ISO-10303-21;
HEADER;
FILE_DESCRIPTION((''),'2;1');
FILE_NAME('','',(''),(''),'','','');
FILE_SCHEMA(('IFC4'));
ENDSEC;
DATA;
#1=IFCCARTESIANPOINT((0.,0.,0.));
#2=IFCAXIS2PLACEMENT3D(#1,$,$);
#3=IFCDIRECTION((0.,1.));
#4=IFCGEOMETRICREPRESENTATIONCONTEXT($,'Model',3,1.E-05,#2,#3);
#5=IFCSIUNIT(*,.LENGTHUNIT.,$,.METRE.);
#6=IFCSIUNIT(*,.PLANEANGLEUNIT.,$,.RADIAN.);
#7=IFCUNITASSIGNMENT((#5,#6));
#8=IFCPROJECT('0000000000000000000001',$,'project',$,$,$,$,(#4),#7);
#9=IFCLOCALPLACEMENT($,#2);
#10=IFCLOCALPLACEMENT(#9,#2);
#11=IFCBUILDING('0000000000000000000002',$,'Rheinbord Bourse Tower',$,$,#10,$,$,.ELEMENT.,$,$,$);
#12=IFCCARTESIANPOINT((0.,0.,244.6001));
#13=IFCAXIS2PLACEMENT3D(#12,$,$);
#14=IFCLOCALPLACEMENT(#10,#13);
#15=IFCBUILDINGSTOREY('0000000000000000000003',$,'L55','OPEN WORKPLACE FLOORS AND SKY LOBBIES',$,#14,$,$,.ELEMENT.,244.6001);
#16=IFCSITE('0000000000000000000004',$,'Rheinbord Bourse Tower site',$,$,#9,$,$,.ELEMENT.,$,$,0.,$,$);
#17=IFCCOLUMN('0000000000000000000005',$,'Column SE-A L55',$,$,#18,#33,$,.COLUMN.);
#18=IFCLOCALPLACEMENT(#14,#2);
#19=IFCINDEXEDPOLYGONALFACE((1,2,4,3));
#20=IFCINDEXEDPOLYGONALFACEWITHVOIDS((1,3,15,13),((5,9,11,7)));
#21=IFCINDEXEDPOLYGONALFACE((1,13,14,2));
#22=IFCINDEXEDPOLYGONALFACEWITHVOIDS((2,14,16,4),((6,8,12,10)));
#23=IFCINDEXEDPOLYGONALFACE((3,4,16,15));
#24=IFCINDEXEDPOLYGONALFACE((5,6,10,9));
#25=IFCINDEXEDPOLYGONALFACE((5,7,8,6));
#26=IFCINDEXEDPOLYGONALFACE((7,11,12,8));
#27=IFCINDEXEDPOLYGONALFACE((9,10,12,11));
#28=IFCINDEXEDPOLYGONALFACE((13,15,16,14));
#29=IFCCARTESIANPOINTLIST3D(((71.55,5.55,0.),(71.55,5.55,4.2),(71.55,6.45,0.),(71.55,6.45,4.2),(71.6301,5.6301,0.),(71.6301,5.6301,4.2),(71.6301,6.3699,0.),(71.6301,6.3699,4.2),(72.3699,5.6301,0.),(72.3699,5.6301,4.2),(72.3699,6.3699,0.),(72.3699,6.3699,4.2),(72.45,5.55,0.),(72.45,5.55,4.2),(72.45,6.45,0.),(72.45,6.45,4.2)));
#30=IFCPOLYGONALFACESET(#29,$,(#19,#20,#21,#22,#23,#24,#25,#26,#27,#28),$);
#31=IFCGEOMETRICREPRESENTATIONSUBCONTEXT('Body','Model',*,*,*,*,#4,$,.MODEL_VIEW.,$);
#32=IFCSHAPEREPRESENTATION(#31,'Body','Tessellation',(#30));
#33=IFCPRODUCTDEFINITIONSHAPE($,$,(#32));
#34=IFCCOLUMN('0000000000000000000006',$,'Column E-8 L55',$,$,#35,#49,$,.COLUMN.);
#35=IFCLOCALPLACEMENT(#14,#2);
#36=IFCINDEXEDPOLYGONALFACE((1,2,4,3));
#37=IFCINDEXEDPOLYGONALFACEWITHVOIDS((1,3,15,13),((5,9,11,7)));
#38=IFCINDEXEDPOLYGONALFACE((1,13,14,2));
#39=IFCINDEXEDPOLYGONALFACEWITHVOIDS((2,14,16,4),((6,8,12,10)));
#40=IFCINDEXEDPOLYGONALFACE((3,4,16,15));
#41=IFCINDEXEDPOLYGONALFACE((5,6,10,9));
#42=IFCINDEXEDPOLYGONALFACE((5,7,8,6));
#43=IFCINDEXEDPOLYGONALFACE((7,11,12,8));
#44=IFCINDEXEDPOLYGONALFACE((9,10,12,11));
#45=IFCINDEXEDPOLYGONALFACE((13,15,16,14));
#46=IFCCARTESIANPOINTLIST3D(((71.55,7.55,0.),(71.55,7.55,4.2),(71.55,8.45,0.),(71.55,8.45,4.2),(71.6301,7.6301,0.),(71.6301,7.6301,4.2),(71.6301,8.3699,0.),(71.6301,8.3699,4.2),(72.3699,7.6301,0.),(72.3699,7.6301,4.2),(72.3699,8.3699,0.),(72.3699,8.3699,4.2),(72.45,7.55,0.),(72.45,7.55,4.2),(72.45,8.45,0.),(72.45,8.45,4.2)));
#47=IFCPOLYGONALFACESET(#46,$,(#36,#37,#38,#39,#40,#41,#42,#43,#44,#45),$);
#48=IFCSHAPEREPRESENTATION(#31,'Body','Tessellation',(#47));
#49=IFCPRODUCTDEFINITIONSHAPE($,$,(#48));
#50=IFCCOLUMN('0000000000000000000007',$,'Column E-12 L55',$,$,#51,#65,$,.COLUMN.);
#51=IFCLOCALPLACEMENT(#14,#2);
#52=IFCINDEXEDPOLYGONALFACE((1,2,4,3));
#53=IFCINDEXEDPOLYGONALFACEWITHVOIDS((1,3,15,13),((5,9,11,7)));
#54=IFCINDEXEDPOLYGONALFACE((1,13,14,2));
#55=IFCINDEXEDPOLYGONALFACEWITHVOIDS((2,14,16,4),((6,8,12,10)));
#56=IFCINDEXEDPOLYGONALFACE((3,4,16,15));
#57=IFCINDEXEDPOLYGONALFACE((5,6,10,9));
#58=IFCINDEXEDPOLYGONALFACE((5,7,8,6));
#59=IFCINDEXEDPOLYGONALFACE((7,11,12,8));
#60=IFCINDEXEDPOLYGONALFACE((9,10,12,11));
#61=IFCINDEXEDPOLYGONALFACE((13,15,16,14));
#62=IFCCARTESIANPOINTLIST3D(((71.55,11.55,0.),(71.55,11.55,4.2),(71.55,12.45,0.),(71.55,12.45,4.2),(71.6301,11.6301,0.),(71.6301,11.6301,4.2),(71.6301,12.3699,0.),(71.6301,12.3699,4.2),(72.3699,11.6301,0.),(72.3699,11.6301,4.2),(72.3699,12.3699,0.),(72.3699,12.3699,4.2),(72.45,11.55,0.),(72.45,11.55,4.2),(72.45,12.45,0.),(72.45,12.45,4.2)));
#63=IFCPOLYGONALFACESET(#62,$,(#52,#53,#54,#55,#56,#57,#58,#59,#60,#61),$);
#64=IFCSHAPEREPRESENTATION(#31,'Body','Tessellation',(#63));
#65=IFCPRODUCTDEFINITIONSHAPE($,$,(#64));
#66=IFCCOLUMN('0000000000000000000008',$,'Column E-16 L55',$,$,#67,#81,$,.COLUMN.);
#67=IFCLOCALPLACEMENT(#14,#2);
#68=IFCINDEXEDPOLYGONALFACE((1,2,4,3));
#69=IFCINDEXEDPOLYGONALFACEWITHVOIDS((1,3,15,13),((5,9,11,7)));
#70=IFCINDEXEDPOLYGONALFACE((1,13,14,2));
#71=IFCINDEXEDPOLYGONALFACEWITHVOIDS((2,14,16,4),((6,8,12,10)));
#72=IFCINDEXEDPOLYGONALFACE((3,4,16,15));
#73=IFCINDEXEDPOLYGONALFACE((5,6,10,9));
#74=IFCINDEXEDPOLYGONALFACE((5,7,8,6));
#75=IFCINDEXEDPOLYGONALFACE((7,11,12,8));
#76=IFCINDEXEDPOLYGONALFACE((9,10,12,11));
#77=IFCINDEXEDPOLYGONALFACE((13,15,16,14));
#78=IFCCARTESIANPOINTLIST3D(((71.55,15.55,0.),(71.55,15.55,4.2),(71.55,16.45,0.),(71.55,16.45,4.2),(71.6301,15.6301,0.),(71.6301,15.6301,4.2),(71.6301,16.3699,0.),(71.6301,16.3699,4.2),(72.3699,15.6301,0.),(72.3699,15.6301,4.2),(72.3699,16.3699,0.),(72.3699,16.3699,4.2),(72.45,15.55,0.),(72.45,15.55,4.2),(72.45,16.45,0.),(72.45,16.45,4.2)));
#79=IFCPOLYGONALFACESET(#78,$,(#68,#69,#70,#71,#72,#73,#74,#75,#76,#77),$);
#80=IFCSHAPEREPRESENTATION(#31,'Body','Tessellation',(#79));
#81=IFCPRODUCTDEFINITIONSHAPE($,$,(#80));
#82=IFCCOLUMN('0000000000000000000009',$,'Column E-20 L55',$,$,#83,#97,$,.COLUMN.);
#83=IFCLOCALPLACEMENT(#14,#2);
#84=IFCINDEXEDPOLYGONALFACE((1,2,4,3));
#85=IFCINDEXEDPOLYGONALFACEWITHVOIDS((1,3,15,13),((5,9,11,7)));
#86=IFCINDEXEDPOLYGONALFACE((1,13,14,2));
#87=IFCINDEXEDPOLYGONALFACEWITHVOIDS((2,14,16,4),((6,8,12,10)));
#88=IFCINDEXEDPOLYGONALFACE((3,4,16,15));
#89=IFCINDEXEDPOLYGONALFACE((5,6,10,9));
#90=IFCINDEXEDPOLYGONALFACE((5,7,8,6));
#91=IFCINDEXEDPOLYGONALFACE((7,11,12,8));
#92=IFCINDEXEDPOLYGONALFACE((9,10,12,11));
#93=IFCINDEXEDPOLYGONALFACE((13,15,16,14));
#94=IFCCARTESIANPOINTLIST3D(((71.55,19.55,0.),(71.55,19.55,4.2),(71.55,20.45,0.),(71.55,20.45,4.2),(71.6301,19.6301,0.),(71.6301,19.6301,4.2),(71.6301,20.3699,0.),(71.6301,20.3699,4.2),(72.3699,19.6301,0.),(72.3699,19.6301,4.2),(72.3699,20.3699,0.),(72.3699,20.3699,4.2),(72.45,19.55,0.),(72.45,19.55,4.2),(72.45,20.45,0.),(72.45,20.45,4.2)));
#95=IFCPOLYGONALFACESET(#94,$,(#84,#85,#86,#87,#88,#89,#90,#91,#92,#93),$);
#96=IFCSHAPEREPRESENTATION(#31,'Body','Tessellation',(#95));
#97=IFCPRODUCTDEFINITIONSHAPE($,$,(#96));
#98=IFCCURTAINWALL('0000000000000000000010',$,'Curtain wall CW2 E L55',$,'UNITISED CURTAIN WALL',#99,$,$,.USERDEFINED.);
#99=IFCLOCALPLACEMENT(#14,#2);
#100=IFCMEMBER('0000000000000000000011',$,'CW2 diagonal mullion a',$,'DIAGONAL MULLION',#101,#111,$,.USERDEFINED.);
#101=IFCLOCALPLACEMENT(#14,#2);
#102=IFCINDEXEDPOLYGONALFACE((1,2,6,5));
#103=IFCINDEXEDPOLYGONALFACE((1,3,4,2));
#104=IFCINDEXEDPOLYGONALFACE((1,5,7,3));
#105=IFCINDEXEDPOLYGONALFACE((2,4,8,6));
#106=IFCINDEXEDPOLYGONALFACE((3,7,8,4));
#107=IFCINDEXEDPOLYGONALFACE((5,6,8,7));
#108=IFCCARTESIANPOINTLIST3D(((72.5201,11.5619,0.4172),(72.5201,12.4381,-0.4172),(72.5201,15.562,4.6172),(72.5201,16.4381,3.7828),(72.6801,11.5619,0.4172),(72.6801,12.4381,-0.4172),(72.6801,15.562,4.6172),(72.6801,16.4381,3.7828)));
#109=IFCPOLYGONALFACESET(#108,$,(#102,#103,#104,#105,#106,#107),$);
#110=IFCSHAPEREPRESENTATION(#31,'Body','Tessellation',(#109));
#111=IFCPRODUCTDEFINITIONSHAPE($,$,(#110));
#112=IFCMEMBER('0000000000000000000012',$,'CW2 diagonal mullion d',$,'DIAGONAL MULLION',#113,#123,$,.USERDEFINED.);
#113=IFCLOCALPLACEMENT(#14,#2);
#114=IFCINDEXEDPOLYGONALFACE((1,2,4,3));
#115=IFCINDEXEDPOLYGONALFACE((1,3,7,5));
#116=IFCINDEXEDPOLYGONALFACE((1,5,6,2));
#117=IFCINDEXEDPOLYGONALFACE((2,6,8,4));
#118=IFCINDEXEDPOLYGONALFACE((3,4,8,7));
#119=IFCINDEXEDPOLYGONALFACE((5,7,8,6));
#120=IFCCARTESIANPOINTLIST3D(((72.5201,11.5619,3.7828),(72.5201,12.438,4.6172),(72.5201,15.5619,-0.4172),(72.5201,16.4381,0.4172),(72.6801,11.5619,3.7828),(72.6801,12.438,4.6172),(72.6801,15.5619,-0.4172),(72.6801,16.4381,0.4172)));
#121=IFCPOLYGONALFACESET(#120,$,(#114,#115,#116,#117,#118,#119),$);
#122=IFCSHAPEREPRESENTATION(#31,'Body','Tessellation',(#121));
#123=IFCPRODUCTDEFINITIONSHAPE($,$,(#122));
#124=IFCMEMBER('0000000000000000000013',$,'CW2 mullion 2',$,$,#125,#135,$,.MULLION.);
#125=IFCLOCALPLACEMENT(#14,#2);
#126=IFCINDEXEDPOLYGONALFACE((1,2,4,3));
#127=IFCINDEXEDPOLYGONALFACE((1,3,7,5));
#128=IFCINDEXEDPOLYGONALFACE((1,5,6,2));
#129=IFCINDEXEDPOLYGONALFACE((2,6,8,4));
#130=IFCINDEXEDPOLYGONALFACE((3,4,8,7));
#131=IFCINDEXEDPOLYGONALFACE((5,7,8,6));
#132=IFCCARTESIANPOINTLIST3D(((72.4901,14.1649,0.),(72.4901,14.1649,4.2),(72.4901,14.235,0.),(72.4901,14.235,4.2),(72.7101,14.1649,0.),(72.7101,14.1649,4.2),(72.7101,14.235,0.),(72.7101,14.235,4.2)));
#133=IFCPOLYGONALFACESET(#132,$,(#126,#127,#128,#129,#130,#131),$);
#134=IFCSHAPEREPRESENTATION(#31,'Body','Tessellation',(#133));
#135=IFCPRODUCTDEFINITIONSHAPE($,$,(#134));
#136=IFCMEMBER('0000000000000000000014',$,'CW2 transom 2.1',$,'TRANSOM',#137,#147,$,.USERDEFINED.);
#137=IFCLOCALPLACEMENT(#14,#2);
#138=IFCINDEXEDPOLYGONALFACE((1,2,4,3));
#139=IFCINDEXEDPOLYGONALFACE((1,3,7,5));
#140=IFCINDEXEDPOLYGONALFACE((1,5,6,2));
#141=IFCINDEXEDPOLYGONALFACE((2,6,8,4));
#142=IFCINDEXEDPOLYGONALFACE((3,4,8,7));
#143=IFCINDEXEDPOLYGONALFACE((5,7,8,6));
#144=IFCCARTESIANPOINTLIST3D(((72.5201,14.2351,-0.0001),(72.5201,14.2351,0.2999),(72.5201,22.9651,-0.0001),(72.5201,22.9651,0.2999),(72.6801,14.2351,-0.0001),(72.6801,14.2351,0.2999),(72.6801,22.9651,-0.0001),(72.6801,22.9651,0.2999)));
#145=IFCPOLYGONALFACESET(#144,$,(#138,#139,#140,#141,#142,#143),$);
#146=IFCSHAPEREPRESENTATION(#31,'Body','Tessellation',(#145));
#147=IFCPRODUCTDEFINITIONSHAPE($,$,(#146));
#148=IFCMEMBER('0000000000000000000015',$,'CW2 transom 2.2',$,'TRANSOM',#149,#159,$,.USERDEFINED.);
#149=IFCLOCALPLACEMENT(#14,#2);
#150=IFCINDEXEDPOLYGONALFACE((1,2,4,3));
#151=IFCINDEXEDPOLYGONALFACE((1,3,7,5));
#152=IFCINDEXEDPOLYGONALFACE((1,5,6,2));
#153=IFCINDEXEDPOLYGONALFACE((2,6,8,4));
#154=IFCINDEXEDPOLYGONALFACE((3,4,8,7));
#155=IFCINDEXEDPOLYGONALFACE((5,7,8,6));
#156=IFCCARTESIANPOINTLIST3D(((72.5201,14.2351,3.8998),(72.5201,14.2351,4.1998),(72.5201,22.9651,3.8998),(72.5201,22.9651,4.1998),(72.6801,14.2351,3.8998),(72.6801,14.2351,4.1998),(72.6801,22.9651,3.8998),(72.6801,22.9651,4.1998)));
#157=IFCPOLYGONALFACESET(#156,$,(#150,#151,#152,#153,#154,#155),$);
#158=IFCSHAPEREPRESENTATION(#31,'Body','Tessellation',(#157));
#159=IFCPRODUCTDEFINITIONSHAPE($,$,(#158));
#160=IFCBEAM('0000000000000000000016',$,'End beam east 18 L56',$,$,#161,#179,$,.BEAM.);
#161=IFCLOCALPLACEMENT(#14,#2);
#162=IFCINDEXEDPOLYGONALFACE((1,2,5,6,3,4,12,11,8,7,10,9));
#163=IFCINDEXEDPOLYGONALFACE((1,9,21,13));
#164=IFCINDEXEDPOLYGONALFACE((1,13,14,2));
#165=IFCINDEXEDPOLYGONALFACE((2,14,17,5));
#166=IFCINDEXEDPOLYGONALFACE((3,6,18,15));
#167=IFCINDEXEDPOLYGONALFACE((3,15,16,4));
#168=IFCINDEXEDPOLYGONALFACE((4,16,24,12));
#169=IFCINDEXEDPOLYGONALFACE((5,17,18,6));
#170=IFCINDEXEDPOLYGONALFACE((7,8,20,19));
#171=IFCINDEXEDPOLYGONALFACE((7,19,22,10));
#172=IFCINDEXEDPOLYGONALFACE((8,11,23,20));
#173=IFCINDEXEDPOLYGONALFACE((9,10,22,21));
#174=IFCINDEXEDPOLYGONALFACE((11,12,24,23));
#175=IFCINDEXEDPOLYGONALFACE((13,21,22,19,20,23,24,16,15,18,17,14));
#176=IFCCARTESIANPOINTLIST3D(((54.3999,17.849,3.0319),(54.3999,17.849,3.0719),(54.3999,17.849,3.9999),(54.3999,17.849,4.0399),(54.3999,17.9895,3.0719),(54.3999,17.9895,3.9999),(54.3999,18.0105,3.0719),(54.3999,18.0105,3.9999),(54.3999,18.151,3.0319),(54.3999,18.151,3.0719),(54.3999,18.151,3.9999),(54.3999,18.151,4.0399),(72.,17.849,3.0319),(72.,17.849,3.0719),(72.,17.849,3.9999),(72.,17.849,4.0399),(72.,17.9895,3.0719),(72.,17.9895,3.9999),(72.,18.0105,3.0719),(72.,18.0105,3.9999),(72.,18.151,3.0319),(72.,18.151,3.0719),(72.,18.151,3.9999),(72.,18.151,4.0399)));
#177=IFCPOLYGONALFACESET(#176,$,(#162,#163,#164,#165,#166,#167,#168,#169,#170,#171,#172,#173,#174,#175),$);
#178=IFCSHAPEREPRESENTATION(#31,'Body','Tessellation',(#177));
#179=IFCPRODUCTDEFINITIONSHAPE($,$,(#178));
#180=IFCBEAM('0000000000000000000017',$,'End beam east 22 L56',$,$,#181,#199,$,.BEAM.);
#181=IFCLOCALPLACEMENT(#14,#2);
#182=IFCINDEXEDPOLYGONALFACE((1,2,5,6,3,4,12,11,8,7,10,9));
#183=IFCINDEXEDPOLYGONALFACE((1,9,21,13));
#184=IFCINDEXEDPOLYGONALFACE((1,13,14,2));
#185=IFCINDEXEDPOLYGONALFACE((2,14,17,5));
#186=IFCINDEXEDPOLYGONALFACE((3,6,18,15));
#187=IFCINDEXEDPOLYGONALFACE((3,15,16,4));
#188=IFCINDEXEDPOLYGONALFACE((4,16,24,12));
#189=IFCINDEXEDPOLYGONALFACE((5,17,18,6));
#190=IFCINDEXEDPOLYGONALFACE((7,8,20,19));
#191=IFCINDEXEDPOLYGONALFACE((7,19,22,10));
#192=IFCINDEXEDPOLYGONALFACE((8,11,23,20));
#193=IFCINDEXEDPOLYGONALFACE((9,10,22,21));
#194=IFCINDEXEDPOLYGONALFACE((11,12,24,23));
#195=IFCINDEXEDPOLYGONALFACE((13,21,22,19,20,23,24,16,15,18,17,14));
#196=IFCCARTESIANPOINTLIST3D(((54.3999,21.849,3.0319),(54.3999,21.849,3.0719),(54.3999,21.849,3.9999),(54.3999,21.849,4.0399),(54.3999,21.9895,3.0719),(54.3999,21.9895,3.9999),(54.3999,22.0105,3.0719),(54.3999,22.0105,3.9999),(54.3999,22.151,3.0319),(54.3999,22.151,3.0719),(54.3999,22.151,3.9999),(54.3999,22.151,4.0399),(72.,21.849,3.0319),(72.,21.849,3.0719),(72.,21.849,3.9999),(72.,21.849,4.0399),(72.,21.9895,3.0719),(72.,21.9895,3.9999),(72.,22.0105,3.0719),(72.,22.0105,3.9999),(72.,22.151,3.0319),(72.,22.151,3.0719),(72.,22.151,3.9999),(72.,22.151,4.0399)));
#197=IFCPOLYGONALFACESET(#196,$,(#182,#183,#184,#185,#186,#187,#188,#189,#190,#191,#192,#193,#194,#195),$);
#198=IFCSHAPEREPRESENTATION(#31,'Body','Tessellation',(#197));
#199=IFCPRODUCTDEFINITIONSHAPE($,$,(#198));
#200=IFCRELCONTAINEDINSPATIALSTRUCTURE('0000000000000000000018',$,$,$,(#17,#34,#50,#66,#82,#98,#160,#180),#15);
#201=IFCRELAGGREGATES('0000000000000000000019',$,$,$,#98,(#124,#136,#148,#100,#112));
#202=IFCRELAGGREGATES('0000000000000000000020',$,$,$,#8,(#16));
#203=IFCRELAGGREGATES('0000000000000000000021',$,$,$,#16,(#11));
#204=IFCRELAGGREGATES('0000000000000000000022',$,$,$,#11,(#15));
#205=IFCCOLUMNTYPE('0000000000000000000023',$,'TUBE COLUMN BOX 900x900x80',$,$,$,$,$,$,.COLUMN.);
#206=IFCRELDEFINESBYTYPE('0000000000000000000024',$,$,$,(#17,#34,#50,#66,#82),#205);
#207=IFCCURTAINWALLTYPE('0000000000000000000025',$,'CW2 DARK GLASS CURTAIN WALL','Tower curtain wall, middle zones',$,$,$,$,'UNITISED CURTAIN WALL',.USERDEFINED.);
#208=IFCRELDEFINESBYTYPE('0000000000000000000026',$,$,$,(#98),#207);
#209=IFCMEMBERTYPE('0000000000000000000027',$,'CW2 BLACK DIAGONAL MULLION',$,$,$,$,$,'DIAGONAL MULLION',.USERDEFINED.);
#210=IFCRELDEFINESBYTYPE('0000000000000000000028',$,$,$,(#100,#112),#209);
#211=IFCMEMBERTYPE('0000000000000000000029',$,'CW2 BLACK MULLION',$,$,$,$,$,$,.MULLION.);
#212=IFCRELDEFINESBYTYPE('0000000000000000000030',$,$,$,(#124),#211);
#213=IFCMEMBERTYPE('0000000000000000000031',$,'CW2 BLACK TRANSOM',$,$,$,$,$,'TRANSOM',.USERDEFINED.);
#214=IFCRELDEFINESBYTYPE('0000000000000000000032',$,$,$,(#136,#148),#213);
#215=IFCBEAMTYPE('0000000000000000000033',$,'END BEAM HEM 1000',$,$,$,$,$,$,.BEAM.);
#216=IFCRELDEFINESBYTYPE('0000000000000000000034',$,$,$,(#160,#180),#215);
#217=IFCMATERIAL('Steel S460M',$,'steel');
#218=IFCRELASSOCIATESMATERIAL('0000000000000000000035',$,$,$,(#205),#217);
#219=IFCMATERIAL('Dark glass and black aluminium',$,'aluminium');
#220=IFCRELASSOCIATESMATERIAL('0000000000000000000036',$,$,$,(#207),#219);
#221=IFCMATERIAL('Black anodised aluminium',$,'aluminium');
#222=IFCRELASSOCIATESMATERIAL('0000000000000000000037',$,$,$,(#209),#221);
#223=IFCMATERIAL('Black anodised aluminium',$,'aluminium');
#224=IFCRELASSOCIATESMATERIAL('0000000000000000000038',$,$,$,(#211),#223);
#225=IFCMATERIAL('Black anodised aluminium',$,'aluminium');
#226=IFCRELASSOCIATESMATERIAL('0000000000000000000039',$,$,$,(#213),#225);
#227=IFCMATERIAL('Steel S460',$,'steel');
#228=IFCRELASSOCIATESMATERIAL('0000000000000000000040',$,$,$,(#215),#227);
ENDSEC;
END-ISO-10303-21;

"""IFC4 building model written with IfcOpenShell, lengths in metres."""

from ifc_helpers import new_model, si_unit, direction, frame, origin, origin_2d, place, context, subcontext, project, spatial, rectangle, hollow_rectangle, i_section, extrude, material, material_profile, profile_set, type_object, element, aggregate, save


model = new_model("IFC4")

# Units and contexts
model_context = context("Model", 3, precision=1e-05, world=origin(), true_north=direction((0.0, 1.0)))
body_context = subcontext(model_context, "Body", "Model", "MODEL_VIEW")
ifc_project = project(units=[si_unit("LENGTHUNIT", "METRE"), si_unit("PLANEANGLEUNIT", "RADIAN")], contexts=[model_context])

# Site, building, storey
site_placement = place(None, origin())
site = spatial("IfcSite", under=ifc_project, at=site_placement, Name="Rheinbord Bourse Tower site", CompositionType="ELEMENT", RefElevation=0.0)
building_placement = place(site_placement, origin())
building = spatial("IfcBuilding", under=site, at=building_placement, Name="Rheinbord Bourse Tower", CompositionType="ELEMENT")
storey_placement = place(building_placement, frame((0.0, 0.0, 244.6001)))
storey = spatial("IfcBuildingStorey", under=building, at=storey_placement, Name="L55", Description="OPEN WORKPLACE FLOORS AND SKY LOBBIES", CompositionType="ELEMENT", Elevation=244.6001)

# Columns
ifc_material_1 = material(Name="Steel S460M", Category="steel")
ifc_material_profile_1 = material_profile(ifc_material_1, hollow_rectangle(XDim=0.8999, YDim=0.8999, WallThickness=0.0801, at=origin_2d()), Name="BOX 900x900x80")
ifc_profile_set_1 = profile_set([ifc_material_profile_1], Name="Steel S460M")
column_type = type_object("IfcColumnType", Name="TUBE COLUMN BOX 900x900x80", PredefinedType="COLUMN", material=ifc_profile_set_1)
for number, where, z_axis, x_axis, name in (
    (1, (72.0, 6.0, 0.0), (0.0, 0.0, 1.0), (1.0, 0.0, 0.0), "Column SE-A L55"),
    (2, (72.0, 8.0, 0.0), (0.0, 0.0, 1.0), (1.0, 0.0, 0.0), "Column E-8 L55"),
    (3, (72.0, 12.0, 0.0), (0.0, 0.0, 1.0), (1.0, 0.0, 0.0), "Column E-12 L55"),
    (4, (72.0, 16.0, 0.0), (0.0, 0.0, 1.0), (1.0, 0.0, 0.0), "Column E-16 L55"),
    (5, (72.0, 20.0, 0.0), (0.0, 0.0, 1.0), (1.0, 0.0, 0.0), "Column E-20 L55"),
):
    element("IfcColumn", number, at=place(storey_placement, frame(where, z_axis=z_axis, x_axis=x_axis)), inside=storey, type_object=column_type, Name=name, PredefinedType="COLUMN", context=body_context, shape_type="SweptSolid", body=[
        extrude(hollow_rectangle(XDim=0.8999, YDim=0.8999, WallThickness=0.0801, at=origin_2d()), origin(), (0.0, 0.0, 1.0), 4.2),
    ])

# Curtain wall, members
ifc_material_2 = material(Name="Dark glass and black aluminium", Category="aluminium")
curtain_wall_type = type_object("IfcCurtainWallType", Name="CW2 DARK GLASS CURTAIN WALL", Description="Tower curtain wall, middle zones", ElementType="UNITISED CURTAIN WALL", PredefinedType="USERDEFINED", material=ifc_material_2)
curtain_wall_placement = place(storey_placement, origin())
curtain_wall = element("IfcCurtainWall", 6, at=curtain_wall_placement, inside=storey, type_object=curtain_wall_type, Name="Curtain wall CW2 E L55", ObjectType="UNITISED CURTAIN WALL", PredefinedType="USERDEFINED")
ifc_material_3 = material(Name="Black anodised aluminium", Category="aluminium")
ifc_material_profile_2 = material_profile(ifc_material_3, rectangle(XDim=0.1599, YDim=1.21, at=origin_2d()), Name="CW2 DIAGONAL MULLION 1210x160")
ifc_profile_set_2 = profile_set([ifc_material_profile_2], Name="Black anodised aluminium")
member_type_1 = type_object("IfcMemberType", Name="CW2 BLACK DIAGONAL MULLION", ElementType="DIAGONAL MULLION", PredefinedType="USERDEFINED", material=ifc_profile_set_2)
member_1_placement = place(storey_placement, frame((72.6001, 12.0, 0.0), z_axis=(0.0, 0.689659, 0.724134), x_axis=(-1.0, 0.0, 0.0)))
member_1 = element("IfcMember", 7, at=member_1_placement, type_object=member_type_1, Name="CW2 diagonal mullion a", ObjectType="DIAGONAL MULLION", PredefinedType="USERDEFINED", context=body_context, shape_type="SweptSolid", body=[
    extrude(rectangle(XDim=0.1599, YDim=1.21, at=origin_2d()), origin(), (0.0, 0.0, 1.0), 5.8),
])
member_2_placement = place(storey_placement, frame((72.6001, 16.0, 0.0), z_axis=(0.0, -0.689659, 0.724134), x_axis=(1.0, 0.0, 0.0)))
member_2 = element("IfcMember", 8, at=member_2_placement, type_object=member_type_1, Name="CW2 diagonal mullion d", ObjectType="DIAGONAL MULLION", PredefinedType="USERDEFINED", context=body_context, shape_type="SweptSolid", body=[
    extrude(rectangle(XDim=0.1599, YDim=1.21, at=origin_2d()), origin(), (0.0, 0.0, 1.0), 5.8),
])
ifc_material_4 = material(Name="Black anodised aluminium", Category="aluminium")
ifc_material_profile_3 = material_profile(ifc_material_4, rectangle(XDim=0.22, YDim=0.0701, at=origin_2d()), Name="CW2 MULLION 70x220")
ifc_profile_set_3 = profile_set([ifc_material_profile_3], Name="Black anodised aluminium")
member_type_2 = type_object("IfcMemberType", Name="CW2 BLACK MULLION", PredefinedType="MULLION", material=ifc_profile_set_3)
member_3_placement = place(storey_placement, frame((72.6001, 14.2, 0.0), z_axis=(0.0, 0.0, 1.0), x_axis=(-1.0, 0.0, 0.0)))
member_3 = element("IfcMember", 9, at=member_3_placement, type_object=member_type_2, Name="CW2 mullion 2", PredefinedType="MULLION", context=body_context, shape_type="SweptSolid", body=[
    extrude(rectangle(XDim=0.22, YDim=0.0701, at=origin_2d()), origin(), (0.0, 0.0, 1.0), 4.2),
])
ifc_material_5 = material(Name="Black anodised aluminium", Category="aluminium")
ifc_material_profile_4 = material_profile(ifc_material_5, rectangle(XDim=0.1599, YDim=0.3, at=origin_2d()), Name="CW2 TRANSOM 300x160")
ifc_profile_set_4 = profile_set([ifc_material_profile_4], Name="Black anodised aluminium")
member_type_3 = type_object("IfcMemberType", Name="CW2 BLACK TRANSOM", ElementType="TRANSOM", PredefinedType="USERDEFINED", material=ifc_profile_set_4)
member_4_placement = place(storey_placement, frame((72.6001, 14.2351, 0.1499), z_axis=(0.0, 1.0, 0.0), x_axis=(-1.0, 0.0, 0.0)))
member_4 = element("IfcMember", 10, at=member_4_placement, type_object=member_type_3, Name="CW2 transom 2.1", ObjectType="TRANSOM", PredefinedType="USERDEFINED", context=body_context, shape_type="SweptSolid", body=[
    extrude(rectangle(XDim=0.1599, YDim=0.3, at=origin_2d()), origin(), (0.0, 0.0, 1.0), 8.73),
])
member_5_placement = place(storey_placement, frame((72.6001, 14.2351, 4.0498), z_axis=(0.0, 1.0, 0.0), x_axis=(-1.0, 0.0, 0.0)))
member_5 = element("IfcMember", 11, at=member_5_placement, type_object=member_type_3, Name="CW2 transom 2.2", ObjectType="TRANSOM", PredefinedType="USERDEFINED", context=body_context, shape_type="SweptSolid", body=[
    extrude(rectangle(XDim=0.1599, YDim=0.3, at=origin_2d()), origin(), (0.0, 0.0, 1.0), 8.73),
])

# Beams
ifc_material_6 = material(Name="Steel S460", Category="steel")
ifc_material_profile_5 = material_profile(ifc_material_6, i_section(OverallWidth=0.302, OverallDepth=1.0081, WebThickness=0.021, FlangeThickness=0.04, at=origin_2d()), Name="HEM 1000")
ifc_profile_set_5 = profile_set([ifc_material_profile_5], Name="Steel S460")
beam_type_1 = type_object("IfcBeamType", Name="END BEAM HEM 1000", PredefinedType="BEAM", material=ifc_profile_set_5)
for number, where, z_axis, x_axis, name in (
    (12, (54.3999, 18.0, 3.5359), (1.0, 0.0, 0.0), (0.0, 1.0, 0.0), "End beam east 18 L56"),
    (13, (54.3999, 22.0, 3.5359), (1.0, 0.0, 0.0), (0.0, 1.0, 0.0), "End beam east 22 L56"),
):
    element("IfcBeam", number, at=place(storey_placement, frame(where, z_axis=z_axis, x_axis=x_axis)), inside=storey, type_object=beam_type_1, Name=name, PredefinedType="BEAM", context=body_context, shape_type="SweptSolid", body=[
        extrude(i_section(OverallWidth=0.302, OverallDepth=1.0081, WebThickness=0.021, FlangeThickness=0.04, at=origin_2d()), origin(), (0.0, 0.0, 1.0), 17.6001),
    ])

aggregate(curtain_wall, [member_3, member_4, member_5, member_1, member_2])

save(model, "model.ifc")
